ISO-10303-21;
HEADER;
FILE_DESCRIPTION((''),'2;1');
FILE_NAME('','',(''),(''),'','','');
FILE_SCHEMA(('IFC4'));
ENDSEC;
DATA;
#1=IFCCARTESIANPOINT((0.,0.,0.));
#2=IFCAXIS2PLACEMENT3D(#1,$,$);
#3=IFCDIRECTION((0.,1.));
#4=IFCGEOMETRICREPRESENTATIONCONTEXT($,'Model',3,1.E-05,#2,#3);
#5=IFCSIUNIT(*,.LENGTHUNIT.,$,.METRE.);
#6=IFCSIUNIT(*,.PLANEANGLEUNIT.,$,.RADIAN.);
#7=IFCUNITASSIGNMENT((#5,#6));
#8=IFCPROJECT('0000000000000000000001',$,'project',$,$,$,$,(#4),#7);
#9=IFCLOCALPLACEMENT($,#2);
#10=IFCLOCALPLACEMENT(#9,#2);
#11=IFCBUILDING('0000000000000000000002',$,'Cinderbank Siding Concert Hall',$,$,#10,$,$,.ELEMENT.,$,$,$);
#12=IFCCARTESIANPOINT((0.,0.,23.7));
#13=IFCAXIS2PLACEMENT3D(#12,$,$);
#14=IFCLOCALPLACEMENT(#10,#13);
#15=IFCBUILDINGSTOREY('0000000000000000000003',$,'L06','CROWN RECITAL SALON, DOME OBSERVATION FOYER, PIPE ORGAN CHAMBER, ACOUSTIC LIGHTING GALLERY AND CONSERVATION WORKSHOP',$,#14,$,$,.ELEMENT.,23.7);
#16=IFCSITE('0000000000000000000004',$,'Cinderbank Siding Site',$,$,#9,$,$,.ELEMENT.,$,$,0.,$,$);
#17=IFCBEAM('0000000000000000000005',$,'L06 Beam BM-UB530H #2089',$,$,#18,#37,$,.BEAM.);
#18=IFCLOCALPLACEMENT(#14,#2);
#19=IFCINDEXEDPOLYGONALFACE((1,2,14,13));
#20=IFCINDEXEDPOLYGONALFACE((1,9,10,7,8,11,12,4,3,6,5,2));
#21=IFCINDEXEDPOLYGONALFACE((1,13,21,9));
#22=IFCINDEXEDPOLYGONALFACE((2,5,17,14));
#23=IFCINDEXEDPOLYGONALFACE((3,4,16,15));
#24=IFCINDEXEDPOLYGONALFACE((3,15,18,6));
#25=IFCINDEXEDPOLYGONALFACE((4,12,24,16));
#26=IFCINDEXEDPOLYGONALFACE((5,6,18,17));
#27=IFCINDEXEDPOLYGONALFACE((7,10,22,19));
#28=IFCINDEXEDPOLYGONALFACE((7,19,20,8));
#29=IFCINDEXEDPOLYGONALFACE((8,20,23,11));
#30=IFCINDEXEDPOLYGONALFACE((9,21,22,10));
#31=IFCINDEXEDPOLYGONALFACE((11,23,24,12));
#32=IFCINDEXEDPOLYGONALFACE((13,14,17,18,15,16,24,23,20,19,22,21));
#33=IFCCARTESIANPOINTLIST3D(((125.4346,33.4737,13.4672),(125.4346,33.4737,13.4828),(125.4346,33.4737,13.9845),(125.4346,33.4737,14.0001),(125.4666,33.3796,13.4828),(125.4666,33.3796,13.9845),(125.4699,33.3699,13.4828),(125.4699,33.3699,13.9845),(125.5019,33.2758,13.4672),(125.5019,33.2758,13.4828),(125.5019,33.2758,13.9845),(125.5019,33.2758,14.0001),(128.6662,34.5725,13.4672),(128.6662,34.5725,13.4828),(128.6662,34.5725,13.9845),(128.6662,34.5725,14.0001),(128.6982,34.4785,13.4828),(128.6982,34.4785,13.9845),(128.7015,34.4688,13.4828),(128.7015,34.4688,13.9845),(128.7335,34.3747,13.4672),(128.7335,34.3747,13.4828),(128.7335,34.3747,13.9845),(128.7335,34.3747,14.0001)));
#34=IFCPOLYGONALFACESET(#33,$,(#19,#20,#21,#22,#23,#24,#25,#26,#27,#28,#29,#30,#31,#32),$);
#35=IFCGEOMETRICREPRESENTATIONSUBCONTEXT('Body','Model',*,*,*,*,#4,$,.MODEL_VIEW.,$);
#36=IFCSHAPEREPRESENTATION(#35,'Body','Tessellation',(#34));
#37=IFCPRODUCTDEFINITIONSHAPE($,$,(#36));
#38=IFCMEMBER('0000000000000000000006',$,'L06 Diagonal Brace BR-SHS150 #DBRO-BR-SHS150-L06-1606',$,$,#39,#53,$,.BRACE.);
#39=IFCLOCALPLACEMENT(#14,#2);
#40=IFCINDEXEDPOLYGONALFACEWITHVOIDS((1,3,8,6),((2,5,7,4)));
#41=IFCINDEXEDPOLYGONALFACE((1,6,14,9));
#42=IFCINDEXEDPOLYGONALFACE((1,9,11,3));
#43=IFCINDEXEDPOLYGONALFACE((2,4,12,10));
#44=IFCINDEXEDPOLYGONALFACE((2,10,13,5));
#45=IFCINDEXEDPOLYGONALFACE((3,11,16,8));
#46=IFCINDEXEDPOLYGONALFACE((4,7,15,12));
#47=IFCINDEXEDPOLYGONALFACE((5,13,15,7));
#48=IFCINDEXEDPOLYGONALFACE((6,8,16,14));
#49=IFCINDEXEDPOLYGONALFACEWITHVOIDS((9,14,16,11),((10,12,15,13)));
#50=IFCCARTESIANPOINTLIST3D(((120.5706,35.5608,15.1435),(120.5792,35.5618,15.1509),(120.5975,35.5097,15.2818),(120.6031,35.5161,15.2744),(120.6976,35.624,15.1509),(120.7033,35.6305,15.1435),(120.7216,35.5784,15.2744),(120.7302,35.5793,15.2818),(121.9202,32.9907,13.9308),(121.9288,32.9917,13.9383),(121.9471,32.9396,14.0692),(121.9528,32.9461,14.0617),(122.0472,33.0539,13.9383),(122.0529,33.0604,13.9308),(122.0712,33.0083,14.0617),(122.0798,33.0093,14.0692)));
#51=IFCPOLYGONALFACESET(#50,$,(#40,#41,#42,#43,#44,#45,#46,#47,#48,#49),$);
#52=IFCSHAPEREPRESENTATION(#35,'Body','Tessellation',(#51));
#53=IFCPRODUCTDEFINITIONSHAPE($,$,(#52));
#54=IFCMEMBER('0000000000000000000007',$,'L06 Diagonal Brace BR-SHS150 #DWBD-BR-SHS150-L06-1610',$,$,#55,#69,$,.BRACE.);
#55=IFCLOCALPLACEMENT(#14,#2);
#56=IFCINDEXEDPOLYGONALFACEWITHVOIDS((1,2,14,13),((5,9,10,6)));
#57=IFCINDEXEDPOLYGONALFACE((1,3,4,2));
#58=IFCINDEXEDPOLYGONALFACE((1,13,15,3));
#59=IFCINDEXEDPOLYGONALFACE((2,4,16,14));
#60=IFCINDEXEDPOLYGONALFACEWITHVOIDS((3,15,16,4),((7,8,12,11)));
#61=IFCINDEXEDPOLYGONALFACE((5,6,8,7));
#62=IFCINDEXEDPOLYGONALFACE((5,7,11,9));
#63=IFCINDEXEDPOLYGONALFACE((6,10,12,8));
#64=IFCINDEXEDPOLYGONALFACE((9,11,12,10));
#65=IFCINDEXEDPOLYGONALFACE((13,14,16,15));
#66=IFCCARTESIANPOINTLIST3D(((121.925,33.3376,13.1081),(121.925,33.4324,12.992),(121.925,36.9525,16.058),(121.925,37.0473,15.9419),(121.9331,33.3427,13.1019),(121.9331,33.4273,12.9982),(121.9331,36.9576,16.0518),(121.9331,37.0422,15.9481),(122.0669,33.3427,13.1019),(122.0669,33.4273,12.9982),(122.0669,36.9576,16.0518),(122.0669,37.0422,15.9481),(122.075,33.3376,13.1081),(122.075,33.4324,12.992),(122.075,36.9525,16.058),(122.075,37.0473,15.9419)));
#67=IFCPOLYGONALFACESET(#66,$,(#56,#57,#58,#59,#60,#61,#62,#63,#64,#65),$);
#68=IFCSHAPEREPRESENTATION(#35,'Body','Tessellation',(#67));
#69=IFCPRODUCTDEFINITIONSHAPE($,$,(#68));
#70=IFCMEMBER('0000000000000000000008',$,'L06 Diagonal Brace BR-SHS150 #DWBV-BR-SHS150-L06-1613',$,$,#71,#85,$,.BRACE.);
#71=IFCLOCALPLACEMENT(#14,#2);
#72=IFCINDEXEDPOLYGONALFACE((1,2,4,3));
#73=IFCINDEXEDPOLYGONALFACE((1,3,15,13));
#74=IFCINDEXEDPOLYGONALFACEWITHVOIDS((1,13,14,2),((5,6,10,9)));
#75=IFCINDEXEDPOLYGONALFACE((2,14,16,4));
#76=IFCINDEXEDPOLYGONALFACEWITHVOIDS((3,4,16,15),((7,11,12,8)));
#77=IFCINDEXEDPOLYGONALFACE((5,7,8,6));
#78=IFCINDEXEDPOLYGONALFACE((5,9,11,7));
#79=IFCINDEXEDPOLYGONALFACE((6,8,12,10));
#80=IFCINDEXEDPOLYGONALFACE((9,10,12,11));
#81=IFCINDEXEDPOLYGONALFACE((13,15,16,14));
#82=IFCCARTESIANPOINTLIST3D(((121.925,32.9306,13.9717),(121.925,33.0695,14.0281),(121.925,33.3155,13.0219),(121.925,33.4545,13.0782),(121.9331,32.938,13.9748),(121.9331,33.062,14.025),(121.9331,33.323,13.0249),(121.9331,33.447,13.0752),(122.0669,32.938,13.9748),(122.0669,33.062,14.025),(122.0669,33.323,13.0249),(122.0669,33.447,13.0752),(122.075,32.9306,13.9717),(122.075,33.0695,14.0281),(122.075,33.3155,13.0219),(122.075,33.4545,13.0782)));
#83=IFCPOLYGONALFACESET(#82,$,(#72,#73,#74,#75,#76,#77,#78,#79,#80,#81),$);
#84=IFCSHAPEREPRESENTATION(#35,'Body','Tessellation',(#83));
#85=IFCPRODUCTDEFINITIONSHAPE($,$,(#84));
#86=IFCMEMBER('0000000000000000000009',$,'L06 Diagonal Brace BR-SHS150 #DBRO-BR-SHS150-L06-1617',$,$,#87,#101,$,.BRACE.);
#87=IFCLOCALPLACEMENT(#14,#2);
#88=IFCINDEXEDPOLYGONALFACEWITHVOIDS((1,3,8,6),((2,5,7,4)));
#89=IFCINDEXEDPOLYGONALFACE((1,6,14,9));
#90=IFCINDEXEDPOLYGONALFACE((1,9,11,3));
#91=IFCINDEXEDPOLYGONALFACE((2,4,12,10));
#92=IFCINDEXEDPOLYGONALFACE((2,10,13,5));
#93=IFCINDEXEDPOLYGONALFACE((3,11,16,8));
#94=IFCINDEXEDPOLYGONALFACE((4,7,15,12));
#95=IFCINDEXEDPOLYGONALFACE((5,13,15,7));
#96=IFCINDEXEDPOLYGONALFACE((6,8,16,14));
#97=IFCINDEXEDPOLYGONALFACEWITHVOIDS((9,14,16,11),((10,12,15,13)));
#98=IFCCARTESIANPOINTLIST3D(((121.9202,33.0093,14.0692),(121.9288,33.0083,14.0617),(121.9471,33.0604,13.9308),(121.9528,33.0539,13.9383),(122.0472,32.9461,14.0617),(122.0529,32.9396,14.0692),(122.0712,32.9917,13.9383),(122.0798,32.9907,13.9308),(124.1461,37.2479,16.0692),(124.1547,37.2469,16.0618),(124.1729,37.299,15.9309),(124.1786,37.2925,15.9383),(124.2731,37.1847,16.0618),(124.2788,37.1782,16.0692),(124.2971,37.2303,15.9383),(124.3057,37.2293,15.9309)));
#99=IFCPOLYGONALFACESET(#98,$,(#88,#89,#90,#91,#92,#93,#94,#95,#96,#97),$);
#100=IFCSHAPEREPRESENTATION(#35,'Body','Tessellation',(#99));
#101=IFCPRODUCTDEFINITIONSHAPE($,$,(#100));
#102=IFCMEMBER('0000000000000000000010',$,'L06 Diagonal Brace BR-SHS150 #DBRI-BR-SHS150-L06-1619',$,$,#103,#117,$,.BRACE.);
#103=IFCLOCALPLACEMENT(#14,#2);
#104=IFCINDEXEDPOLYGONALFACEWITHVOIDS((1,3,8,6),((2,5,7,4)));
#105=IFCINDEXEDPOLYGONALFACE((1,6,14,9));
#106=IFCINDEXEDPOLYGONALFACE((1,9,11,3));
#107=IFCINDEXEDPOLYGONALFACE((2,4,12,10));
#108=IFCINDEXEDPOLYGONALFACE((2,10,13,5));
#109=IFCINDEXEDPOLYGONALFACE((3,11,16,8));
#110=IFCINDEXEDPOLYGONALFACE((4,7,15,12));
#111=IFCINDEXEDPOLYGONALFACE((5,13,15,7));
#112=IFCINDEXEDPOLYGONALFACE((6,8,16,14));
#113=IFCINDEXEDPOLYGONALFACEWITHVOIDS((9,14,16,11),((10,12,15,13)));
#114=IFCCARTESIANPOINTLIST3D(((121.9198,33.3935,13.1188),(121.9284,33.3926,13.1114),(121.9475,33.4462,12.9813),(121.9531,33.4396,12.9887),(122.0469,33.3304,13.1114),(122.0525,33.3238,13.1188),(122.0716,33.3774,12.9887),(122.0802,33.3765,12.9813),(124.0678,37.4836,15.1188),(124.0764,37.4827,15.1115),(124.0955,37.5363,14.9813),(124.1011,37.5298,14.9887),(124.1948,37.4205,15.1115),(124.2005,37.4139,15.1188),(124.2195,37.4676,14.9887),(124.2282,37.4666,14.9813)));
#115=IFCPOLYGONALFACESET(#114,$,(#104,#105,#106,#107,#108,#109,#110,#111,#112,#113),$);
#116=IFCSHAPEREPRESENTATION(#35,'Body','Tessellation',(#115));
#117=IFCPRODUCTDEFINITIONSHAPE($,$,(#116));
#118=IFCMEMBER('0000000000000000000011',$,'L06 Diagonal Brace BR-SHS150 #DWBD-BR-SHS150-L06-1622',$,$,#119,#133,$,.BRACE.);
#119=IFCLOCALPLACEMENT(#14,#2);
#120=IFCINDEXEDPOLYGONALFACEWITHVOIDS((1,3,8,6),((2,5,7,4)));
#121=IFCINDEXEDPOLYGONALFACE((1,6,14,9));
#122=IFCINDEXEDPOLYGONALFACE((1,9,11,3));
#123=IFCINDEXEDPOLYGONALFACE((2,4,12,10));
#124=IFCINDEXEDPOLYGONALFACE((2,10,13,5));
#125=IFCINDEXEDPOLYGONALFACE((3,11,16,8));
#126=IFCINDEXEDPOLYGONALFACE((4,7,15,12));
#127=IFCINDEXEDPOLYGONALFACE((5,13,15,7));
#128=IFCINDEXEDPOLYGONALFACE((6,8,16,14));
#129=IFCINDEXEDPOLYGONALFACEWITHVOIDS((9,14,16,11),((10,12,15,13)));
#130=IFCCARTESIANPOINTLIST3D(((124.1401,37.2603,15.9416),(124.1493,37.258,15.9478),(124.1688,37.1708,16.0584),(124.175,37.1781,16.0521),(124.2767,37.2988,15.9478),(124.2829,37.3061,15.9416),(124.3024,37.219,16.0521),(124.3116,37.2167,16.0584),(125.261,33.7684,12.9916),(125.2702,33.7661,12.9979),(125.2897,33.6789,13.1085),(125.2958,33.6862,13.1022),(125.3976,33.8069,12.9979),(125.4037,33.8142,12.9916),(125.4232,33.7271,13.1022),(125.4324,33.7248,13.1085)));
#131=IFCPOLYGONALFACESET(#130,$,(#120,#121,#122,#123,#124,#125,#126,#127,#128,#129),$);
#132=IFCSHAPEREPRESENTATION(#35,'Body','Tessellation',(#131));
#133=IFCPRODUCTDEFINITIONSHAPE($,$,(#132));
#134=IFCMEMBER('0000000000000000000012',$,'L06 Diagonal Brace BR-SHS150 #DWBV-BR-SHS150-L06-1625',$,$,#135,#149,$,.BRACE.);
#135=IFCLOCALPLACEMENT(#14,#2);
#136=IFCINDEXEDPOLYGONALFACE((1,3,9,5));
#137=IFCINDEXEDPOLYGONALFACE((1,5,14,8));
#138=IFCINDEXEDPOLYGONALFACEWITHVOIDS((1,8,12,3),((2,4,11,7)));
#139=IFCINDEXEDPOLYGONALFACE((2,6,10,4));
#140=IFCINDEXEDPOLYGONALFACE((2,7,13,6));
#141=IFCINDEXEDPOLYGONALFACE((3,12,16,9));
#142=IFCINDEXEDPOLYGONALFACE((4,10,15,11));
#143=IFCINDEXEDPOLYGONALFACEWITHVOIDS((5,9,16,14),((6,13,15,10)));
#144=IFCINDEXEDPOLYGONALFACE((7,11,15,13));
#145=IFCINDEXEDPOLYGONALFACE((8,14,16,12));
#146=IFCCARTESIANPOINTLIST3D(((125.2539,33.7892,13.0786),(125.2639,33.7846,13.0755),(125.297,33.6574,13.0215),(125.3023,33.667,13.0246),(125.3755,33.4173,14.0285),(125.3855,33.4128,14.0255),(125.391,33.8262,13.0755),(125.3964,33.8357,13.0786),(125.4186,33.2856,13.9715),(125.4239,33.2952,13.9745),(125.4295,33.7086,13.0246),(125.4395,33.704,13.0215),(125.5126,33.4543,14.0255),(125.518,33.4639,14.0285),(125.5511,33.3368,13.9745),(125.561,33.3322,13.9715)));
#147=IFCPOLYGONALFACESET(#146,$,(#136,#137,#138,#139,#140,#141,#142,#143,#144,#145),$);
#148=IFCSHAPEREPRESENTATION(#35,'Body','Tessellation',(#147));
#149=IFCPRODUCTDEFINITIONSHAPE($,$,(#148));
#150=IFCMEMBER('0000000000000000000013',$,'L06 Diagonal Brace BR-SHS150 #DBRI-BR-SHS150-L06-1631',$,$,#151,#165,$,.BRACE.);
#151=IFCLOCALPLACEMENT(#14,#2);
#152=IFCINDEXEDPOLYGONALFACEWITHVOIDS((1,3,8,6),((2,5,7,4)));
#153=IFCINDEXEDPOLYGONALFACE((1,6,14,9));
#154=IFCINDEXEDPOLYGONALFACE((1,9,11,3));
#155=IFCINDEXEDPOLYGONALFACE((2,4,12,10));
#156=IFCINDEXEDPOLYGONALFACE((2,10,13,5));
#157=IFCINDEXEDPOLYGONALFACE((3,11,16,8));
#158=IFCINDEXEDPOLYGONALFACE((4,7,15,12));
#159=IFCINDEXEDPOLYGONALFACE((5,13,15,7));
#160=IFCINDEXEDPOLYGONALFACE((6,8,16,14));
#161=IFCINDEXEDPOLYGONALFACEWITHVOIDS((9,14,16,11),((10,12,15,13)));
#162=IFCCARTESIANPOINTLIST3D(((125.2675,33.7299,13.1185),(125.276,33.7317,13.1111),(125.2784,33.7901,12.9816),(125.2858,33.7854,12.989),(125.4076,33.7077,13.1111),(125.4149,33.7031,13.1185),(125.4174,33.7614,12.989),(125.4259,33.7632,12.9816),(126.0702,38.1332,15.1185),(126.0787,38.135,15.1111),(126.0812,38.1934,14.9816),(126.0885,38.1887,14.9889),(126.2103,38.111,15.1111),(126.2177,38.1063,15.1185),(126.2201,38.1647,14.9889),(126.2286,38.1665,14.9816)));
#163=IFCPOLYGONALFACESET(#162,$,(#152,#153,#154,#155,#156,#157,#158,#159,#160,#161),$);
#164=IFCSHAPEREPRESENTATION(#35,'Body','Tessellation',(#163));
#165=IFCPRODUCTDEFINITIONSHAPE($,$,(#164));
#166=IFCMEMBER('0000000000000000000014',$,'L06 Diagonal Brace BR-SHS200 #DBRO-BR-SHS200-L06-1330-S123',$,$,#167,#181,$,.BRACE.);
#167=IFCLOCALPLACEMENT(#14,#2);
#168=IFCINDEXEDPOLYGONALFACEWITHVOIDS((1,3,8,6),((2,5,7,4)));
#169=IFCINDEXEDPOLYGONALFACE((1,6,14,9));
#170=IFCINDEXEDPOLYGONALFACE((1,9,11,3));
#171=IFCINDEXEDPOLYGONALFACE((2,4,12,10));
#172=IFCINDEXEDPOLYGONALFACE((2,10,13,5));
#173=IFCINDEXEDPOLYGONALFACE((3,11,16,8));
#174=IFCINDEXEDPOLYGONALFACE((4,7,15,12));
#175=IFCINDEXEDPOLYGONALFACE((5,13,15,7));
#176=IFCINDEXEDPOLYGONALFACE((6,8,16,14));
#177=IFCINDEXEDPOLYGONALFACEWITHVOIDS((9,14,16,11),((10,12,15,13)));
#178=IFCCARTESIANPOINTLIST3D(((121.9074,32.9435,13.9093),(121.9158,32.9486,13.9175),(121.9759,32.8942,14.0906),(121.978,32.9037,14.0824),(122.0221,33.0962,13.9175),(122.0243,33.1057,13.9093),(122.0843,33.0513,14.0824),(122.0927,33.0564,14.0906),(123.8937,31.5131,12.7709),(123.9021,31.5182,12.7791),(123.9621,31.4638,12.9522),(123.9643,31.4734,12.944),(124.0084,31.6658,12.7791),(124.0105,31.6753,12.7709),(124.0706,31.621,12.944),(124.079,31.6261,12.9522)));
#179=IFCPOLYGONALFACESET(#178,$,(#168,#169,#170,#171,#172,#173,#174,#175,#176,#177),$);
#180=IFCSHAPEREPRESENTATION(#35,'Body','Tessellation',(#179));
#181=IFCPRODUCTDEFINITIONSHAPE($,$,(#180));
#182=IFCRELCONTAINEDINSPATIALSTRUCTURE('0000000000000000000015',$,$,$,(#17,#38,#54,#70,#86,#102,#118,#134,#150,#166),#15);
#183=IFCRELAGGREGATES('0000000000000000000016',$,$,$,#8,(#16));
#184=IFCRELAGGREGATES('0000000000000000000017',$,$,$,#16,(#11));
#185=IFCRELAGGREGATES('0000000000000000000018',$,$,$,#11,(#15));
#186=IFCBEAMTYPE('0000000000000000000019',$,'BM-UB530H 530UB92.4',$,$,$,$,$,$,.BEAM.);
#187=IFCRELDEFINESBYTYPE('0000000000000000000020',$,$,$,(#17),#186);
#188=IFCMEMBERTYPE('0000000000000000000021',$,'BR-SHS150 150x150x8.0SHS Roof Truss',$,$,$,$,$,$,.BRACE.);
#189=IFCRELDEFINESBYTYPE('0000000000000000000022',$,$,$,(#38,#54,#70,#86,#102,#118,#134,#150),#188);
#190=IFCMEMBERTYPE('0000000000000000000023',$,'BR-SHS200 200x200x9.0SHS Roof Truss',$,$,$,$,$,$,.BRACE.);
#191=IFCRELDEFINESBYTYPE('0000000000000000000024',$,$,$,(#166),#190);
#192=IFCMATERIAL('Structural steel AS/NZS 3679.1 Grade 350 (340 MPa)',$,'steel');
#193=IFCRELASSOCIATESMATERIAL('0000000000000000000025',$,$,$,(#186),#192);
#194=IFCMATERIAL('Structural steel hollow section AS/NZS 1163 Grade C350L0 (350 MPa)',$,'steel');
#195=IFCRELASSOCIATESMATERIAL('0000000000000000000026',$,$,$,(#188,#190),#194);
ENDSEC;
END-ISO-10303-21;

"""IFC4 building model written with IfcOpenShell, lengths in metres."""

from ifc_helpers import new_model, si_unit, direction, frame, origin, origin_2d, place, context, subcontext, project, spatial, hollow_rectangle, i_section, extrude, material, material_profile, profile_set, type_object, element, save


model = new_model("IFC4")

# Units and contexts
model_context = context("Model", 3, precision=1e-05, world=origin(), true_north=direction((0.0, 1.0)))
body_context = subcontext(model_context, "Body", "Model", "MODEL_VIEW")
ifc_project = project(units=[si_unit("LENGTHUNIT", "METRE"), si_unit("PLANEANGLEUNIT", "RADIAN")], contexts=[model_context])

# Site, building, storey
site_placement = place(None, origin())
site = spatial("IfcSite", under=ifc_project, at=site_placement, Name="Cinderbank Siding Site", CompositionType="ELEMENT", RefElevation=0.0)
building_placement = place(site_placement, origin())
building = spatial("IfcBuilding", under=site, at=building_placement, Name="Cinderbank Siding Concert Hall", CompositionType="ELEMENT")
storey_placement = place(building_placement, frame((0.0, 0.0, 23.7)))
storey = spatial("IfcBuildingStorey", under=building, at=storey_placement, Name="L06", Description="CROWN RECITAL SALON, DOME OBSERVATION FOYER, PIPE ORGAN CHAMBER, ACOUSTIC LIGHTING GALLERY AND CONSERVATION WORKSHOP", CompositionType="ELEMENT", Elevation=23.7)

# Beam
ifc_material_1 = material(Name="Structural steel AS/NZS 3679.1 Grade 350 (340 MPa)", Category="steel")
ifc_material_profile_1 = material_profile(ifc_material_1, i_section(OverallWidth=0.209, OverallDepth=0.533, WebThickness=0.0103, FlangeThickness=0.0156, at=origin_2d()), Name="530UB92.4", Category="LoadBearing")
ifc_profile_set_1 = profile_set([ifc_material_profile_1], Name="Structural steel AS/NZS 3679.1 Grade 350 (340 MPa)")
beam_type = type_object("IfcBeamType", Name="BM-UB530H 530UB92.4", PredefinedType="BEAM", material=ifc_profile_set_1)
beam_placement = place(storey_placement, frame((125.4683, 33.3748, 13.7336), z_axis=(0.946764, 0.32193, 0.0), x_axis=(-0.32193, 0.946764, 0.0)))
element("IfcBeam", 1, at=beam_placement, inside=storey, type_object=beam_type, Name="L06 Beam BM-UB530H #2089", PredefinedType="BEAM", context=body_context, shape_type="SweptSolid", body=[
    extrude(i_section(OverallWidth=0.209, OverallDepth=0.533, WebThickness=0.0103, FlangeThickness=0.0156, at=origin_2d()), origin(), (0.0, 0.0, 1.0), 3.4133),
])

# Members
ifc_material_2 = material(Name="Structural steel hollow section AS/NZS 1163 Grade C350L0 (350 MPa)", Category="steel")
ifc_material_profile_2 = material_profile(ifc_material_2, hollow_rectangle(XDim=0.1499, YDim=0.1499, WallThickness=0.0081, at=origin_2d()), Name="150x150x8.0SHS", Category="LoadBearing")
ifc_profile_set_2 = profile_set([ifc_material_profile_2], Name="Structural steel hollow section AS/NZS 1163 Grade C350L0 (350 MPa)")
member_type_1 = type_object("IfcMemberType", Name="BR-SHS150 150x150x8.0SHS Roof Truss", PredefinedType="BRACE", material=ifc_profile_set_2)
member_1_placement = place(storey_placement, frame((122.0, 33.0, 14.0), z_axis=(-0.428995, 0.816937, 0.385459), x_axis=(-0.885352, -0.464921, 0.0)))
element("IfcMember", 2, at=member_1_placement, inside=storey, type_object=member_type_1, Name="L06 Diagonal Brace BR-SHS150 #DBRO-BR-SHS150-L06-1606", PredefinedType="BRACE", context=body_context, shape_type="SweptSolid", body=[
    extrude(hollow_rectangle(XDim=0.1499, YDim=0.1499, WallThickness=0.0081, at=origin_2d()), origin(), (0.0, 0.0, 1.0), 3.146),
])
member_2_placement = place(storey_placement, frame((122.0, 33.385, 13.05), z_axis=(0.0, 0.774773, 0.63224), x_axis=(-1.0, 0.0, 0.0)))
element("IfcMember", 3, at=member_2_placement, inside=storey, type_object=member_type_1, Name="L06 Diagonal Brace BR-SHS150 #DWBD-BR-SHS150-L06-1610", PredefinedType="BRACE", context=body_context, shape_type="SweptSolid", body=[
    extrude(hollow_rectangle(XDim=0.1499, YDim=0.1499, WallThickness=0.0081, at=origin_2d()), origin(), (0.0, 0.0, 1.0), 4.6658),
])
member_3_placement = place(storey_placement, frame((122.0, 33.385, 13.05), z_axis=(0.0, -0.375617, 0.926775), x_axis=(1.0, 0.0, 0.0)))
element("IfcMember", 4, at=member_3_placement, inside=storey, type_object=member_type_1, Name="L06 Diagonal Brace BR-SHS150 #DWBV-BR-SHS150-L06-1613", PredefinedType="BRACE", context=body_context, shape_type="SweptSolid", body=[
    extrude(hollow_rectangle(XDim=0.1499, YDim=0.1499, WallThickness=0.0081, at=origin_2d()), origin(), (0.0, 0.0, 1.0), 1.0249),
])
member_4_placement = place(storey_placement, frame((122.0, 33.0, 14.0), z_axis=(0.429002, 0.816925, 0.385476), x_axis=(-0.885346, 0.464933, 0.0)))
element("IfcMember", 5, at=member_4_placement, inside=storey, type_object=member_type_1, Name="L06 Diagonal Brace BR-SHS150 #DBRO-BR-SHS150-L06-1617", PredefinedType="BRACE", context=body_context, shape_type="SweptSolid", body=[
    extrude(hollow_rectangle(XDim=0.1499, YDim=0.1499, WallThickness=0.0081, at=origin_2d()), origin(), (0.0, 0.0, 1.0), 5.1885),
])
member_5_placement = place(storey_placement, frame((122.0, 33.385, 13.05), z_axis=(0.426677, 0.812471, 0.397288), x_axis=(-0.88534, 0.464945, 0.0)))
element("IfcMember", 6, at=member_5_placement, inside=storey, type_object=member_type_1, Name="L06 Diagonal Brace BR-SHS150 #DBRI-BR-SHS150-L06-1619", PredefinedType="BRACE", context=body_context, shape_type="SweptSolid", body=[
    extrude(hollow_rectangle(XDim=0.1499, YDim=0.1499, WallThickness=0.0081, at=origin_2d()), origin(), (0.0, 0.0, 1.0), 5.0342),
])
member_6_placement = place(storey_placement, frame((125.3467, 33.7466, 13.05), z_axis=(-0.238144, 0.741923, 0.626768), x_axis=(-0.952152, -0.305623, 0.0)))
element("IfcMember", 7, at=member_6_placement, inside=storey, type_object=member_type_1, Name="L06 Diagonal Brace BR-SHS150 #DWBD-BR-SHS150-L06-1622", PredefinedType="BRACE", context=body_context, shape_type="SweptSolid", body=[
    extrude(hollow_rectangle(XDim=0.1499, YDim=0.1499, WallThickness=0.0081, at=origin_2d()), origin(), (0.0, 0.0, 1.0), 4.7065),
])
member_7_placement = place(storey_placement, frame((125.3467, 33.7466, 13.05), z_axis=(0.118346, -0.361928, 0.924663), x_axis=(0.950478, 0.310793, 0.0)))
element("IfcMember", 8, at=member_7_placement, inside=storey, type_object=member_type_1, Name="L06 Diagonal Brace BR-SHS150 #DWBV-BR-SHS150-L06-1625", PredefinedType="BRACE", context=body_context, shape_type="SweptSolid", body=[
    extrude(hollow_rectangle(XDim=0.1499, YDim=0.1499, WallThickness=0.0081, at=origin_2d()), origin(), (0.0, 0.0, 1.0), 1.0273),
])
member_8_placement = place(storey_placement, frame((125.3467, 33.7466, 13.05), z_axis=(0.163743, 0.898195, 0.407963), x_axis=(-0.983786, 0.179346, 0.0)))
element("IfcMember", 9, at=member_8_placement, inside=storey, type_object=member_type_1, Name="L06 Diagonal Brace BR-SHS150 #DBRI-BR-SHS150-L06-1631", PredefinedType="BRACE", context=body_context, shape_type="SweptSolid", body=[
    extrude(hollow_rectangle(XDim=0.1499, YDim=0.1499, WallThickness=0.0081, at=origin_2d()), origin(), (0.0, 0.0, 1.0), 4.9023),
])
ifc_material_profile_3 = material_profile(ifc_material_2, hollow_rectangle(XDim=0.2, YDim=0.2, WallThickness=0.009, at=origin_2d()), Name="200x200x9.0SHS", Category="LoadBearing")
ifc_profile_set_3 = profile_set([ifc_material_profile_3], Name="Structural steel hollow section AS/NZS 1163 Grade C350L0 (350 MPa)")
member_type_2 = type_object("IfcMemberType", Name="BR-SHS200 200x200x9.0SHS Roof Truss", PredefinedType="BRACE", material=ifc_profile_set_3)
member_9_placement = place(storey_placement, frame((123.9863, 31.5696, 12.8616), z_axis=(-0.735797, 0.529872, 0.421709), x_axis=(-0.584376, -0.811483, 0.0)))
element("IfcMember", 10, at=member_9_placement, inside=storey, type_object=member_type_2, Name="L06 Diagonal Brace BR-SHS200 #DBRO-BR-SHS200-L06-1330-S123", PredefinedType="BRACE", context=body_context, shape_type="SweptSolid", body=[
    extrude(hollow_rectangle(XDim=0.2, YDim=0.2, WallThickness=0.009, at=origin_2d()), origin(), (0.0, 0.0, 1.0), 2.6995),
])

save(model, "model.ifc")
